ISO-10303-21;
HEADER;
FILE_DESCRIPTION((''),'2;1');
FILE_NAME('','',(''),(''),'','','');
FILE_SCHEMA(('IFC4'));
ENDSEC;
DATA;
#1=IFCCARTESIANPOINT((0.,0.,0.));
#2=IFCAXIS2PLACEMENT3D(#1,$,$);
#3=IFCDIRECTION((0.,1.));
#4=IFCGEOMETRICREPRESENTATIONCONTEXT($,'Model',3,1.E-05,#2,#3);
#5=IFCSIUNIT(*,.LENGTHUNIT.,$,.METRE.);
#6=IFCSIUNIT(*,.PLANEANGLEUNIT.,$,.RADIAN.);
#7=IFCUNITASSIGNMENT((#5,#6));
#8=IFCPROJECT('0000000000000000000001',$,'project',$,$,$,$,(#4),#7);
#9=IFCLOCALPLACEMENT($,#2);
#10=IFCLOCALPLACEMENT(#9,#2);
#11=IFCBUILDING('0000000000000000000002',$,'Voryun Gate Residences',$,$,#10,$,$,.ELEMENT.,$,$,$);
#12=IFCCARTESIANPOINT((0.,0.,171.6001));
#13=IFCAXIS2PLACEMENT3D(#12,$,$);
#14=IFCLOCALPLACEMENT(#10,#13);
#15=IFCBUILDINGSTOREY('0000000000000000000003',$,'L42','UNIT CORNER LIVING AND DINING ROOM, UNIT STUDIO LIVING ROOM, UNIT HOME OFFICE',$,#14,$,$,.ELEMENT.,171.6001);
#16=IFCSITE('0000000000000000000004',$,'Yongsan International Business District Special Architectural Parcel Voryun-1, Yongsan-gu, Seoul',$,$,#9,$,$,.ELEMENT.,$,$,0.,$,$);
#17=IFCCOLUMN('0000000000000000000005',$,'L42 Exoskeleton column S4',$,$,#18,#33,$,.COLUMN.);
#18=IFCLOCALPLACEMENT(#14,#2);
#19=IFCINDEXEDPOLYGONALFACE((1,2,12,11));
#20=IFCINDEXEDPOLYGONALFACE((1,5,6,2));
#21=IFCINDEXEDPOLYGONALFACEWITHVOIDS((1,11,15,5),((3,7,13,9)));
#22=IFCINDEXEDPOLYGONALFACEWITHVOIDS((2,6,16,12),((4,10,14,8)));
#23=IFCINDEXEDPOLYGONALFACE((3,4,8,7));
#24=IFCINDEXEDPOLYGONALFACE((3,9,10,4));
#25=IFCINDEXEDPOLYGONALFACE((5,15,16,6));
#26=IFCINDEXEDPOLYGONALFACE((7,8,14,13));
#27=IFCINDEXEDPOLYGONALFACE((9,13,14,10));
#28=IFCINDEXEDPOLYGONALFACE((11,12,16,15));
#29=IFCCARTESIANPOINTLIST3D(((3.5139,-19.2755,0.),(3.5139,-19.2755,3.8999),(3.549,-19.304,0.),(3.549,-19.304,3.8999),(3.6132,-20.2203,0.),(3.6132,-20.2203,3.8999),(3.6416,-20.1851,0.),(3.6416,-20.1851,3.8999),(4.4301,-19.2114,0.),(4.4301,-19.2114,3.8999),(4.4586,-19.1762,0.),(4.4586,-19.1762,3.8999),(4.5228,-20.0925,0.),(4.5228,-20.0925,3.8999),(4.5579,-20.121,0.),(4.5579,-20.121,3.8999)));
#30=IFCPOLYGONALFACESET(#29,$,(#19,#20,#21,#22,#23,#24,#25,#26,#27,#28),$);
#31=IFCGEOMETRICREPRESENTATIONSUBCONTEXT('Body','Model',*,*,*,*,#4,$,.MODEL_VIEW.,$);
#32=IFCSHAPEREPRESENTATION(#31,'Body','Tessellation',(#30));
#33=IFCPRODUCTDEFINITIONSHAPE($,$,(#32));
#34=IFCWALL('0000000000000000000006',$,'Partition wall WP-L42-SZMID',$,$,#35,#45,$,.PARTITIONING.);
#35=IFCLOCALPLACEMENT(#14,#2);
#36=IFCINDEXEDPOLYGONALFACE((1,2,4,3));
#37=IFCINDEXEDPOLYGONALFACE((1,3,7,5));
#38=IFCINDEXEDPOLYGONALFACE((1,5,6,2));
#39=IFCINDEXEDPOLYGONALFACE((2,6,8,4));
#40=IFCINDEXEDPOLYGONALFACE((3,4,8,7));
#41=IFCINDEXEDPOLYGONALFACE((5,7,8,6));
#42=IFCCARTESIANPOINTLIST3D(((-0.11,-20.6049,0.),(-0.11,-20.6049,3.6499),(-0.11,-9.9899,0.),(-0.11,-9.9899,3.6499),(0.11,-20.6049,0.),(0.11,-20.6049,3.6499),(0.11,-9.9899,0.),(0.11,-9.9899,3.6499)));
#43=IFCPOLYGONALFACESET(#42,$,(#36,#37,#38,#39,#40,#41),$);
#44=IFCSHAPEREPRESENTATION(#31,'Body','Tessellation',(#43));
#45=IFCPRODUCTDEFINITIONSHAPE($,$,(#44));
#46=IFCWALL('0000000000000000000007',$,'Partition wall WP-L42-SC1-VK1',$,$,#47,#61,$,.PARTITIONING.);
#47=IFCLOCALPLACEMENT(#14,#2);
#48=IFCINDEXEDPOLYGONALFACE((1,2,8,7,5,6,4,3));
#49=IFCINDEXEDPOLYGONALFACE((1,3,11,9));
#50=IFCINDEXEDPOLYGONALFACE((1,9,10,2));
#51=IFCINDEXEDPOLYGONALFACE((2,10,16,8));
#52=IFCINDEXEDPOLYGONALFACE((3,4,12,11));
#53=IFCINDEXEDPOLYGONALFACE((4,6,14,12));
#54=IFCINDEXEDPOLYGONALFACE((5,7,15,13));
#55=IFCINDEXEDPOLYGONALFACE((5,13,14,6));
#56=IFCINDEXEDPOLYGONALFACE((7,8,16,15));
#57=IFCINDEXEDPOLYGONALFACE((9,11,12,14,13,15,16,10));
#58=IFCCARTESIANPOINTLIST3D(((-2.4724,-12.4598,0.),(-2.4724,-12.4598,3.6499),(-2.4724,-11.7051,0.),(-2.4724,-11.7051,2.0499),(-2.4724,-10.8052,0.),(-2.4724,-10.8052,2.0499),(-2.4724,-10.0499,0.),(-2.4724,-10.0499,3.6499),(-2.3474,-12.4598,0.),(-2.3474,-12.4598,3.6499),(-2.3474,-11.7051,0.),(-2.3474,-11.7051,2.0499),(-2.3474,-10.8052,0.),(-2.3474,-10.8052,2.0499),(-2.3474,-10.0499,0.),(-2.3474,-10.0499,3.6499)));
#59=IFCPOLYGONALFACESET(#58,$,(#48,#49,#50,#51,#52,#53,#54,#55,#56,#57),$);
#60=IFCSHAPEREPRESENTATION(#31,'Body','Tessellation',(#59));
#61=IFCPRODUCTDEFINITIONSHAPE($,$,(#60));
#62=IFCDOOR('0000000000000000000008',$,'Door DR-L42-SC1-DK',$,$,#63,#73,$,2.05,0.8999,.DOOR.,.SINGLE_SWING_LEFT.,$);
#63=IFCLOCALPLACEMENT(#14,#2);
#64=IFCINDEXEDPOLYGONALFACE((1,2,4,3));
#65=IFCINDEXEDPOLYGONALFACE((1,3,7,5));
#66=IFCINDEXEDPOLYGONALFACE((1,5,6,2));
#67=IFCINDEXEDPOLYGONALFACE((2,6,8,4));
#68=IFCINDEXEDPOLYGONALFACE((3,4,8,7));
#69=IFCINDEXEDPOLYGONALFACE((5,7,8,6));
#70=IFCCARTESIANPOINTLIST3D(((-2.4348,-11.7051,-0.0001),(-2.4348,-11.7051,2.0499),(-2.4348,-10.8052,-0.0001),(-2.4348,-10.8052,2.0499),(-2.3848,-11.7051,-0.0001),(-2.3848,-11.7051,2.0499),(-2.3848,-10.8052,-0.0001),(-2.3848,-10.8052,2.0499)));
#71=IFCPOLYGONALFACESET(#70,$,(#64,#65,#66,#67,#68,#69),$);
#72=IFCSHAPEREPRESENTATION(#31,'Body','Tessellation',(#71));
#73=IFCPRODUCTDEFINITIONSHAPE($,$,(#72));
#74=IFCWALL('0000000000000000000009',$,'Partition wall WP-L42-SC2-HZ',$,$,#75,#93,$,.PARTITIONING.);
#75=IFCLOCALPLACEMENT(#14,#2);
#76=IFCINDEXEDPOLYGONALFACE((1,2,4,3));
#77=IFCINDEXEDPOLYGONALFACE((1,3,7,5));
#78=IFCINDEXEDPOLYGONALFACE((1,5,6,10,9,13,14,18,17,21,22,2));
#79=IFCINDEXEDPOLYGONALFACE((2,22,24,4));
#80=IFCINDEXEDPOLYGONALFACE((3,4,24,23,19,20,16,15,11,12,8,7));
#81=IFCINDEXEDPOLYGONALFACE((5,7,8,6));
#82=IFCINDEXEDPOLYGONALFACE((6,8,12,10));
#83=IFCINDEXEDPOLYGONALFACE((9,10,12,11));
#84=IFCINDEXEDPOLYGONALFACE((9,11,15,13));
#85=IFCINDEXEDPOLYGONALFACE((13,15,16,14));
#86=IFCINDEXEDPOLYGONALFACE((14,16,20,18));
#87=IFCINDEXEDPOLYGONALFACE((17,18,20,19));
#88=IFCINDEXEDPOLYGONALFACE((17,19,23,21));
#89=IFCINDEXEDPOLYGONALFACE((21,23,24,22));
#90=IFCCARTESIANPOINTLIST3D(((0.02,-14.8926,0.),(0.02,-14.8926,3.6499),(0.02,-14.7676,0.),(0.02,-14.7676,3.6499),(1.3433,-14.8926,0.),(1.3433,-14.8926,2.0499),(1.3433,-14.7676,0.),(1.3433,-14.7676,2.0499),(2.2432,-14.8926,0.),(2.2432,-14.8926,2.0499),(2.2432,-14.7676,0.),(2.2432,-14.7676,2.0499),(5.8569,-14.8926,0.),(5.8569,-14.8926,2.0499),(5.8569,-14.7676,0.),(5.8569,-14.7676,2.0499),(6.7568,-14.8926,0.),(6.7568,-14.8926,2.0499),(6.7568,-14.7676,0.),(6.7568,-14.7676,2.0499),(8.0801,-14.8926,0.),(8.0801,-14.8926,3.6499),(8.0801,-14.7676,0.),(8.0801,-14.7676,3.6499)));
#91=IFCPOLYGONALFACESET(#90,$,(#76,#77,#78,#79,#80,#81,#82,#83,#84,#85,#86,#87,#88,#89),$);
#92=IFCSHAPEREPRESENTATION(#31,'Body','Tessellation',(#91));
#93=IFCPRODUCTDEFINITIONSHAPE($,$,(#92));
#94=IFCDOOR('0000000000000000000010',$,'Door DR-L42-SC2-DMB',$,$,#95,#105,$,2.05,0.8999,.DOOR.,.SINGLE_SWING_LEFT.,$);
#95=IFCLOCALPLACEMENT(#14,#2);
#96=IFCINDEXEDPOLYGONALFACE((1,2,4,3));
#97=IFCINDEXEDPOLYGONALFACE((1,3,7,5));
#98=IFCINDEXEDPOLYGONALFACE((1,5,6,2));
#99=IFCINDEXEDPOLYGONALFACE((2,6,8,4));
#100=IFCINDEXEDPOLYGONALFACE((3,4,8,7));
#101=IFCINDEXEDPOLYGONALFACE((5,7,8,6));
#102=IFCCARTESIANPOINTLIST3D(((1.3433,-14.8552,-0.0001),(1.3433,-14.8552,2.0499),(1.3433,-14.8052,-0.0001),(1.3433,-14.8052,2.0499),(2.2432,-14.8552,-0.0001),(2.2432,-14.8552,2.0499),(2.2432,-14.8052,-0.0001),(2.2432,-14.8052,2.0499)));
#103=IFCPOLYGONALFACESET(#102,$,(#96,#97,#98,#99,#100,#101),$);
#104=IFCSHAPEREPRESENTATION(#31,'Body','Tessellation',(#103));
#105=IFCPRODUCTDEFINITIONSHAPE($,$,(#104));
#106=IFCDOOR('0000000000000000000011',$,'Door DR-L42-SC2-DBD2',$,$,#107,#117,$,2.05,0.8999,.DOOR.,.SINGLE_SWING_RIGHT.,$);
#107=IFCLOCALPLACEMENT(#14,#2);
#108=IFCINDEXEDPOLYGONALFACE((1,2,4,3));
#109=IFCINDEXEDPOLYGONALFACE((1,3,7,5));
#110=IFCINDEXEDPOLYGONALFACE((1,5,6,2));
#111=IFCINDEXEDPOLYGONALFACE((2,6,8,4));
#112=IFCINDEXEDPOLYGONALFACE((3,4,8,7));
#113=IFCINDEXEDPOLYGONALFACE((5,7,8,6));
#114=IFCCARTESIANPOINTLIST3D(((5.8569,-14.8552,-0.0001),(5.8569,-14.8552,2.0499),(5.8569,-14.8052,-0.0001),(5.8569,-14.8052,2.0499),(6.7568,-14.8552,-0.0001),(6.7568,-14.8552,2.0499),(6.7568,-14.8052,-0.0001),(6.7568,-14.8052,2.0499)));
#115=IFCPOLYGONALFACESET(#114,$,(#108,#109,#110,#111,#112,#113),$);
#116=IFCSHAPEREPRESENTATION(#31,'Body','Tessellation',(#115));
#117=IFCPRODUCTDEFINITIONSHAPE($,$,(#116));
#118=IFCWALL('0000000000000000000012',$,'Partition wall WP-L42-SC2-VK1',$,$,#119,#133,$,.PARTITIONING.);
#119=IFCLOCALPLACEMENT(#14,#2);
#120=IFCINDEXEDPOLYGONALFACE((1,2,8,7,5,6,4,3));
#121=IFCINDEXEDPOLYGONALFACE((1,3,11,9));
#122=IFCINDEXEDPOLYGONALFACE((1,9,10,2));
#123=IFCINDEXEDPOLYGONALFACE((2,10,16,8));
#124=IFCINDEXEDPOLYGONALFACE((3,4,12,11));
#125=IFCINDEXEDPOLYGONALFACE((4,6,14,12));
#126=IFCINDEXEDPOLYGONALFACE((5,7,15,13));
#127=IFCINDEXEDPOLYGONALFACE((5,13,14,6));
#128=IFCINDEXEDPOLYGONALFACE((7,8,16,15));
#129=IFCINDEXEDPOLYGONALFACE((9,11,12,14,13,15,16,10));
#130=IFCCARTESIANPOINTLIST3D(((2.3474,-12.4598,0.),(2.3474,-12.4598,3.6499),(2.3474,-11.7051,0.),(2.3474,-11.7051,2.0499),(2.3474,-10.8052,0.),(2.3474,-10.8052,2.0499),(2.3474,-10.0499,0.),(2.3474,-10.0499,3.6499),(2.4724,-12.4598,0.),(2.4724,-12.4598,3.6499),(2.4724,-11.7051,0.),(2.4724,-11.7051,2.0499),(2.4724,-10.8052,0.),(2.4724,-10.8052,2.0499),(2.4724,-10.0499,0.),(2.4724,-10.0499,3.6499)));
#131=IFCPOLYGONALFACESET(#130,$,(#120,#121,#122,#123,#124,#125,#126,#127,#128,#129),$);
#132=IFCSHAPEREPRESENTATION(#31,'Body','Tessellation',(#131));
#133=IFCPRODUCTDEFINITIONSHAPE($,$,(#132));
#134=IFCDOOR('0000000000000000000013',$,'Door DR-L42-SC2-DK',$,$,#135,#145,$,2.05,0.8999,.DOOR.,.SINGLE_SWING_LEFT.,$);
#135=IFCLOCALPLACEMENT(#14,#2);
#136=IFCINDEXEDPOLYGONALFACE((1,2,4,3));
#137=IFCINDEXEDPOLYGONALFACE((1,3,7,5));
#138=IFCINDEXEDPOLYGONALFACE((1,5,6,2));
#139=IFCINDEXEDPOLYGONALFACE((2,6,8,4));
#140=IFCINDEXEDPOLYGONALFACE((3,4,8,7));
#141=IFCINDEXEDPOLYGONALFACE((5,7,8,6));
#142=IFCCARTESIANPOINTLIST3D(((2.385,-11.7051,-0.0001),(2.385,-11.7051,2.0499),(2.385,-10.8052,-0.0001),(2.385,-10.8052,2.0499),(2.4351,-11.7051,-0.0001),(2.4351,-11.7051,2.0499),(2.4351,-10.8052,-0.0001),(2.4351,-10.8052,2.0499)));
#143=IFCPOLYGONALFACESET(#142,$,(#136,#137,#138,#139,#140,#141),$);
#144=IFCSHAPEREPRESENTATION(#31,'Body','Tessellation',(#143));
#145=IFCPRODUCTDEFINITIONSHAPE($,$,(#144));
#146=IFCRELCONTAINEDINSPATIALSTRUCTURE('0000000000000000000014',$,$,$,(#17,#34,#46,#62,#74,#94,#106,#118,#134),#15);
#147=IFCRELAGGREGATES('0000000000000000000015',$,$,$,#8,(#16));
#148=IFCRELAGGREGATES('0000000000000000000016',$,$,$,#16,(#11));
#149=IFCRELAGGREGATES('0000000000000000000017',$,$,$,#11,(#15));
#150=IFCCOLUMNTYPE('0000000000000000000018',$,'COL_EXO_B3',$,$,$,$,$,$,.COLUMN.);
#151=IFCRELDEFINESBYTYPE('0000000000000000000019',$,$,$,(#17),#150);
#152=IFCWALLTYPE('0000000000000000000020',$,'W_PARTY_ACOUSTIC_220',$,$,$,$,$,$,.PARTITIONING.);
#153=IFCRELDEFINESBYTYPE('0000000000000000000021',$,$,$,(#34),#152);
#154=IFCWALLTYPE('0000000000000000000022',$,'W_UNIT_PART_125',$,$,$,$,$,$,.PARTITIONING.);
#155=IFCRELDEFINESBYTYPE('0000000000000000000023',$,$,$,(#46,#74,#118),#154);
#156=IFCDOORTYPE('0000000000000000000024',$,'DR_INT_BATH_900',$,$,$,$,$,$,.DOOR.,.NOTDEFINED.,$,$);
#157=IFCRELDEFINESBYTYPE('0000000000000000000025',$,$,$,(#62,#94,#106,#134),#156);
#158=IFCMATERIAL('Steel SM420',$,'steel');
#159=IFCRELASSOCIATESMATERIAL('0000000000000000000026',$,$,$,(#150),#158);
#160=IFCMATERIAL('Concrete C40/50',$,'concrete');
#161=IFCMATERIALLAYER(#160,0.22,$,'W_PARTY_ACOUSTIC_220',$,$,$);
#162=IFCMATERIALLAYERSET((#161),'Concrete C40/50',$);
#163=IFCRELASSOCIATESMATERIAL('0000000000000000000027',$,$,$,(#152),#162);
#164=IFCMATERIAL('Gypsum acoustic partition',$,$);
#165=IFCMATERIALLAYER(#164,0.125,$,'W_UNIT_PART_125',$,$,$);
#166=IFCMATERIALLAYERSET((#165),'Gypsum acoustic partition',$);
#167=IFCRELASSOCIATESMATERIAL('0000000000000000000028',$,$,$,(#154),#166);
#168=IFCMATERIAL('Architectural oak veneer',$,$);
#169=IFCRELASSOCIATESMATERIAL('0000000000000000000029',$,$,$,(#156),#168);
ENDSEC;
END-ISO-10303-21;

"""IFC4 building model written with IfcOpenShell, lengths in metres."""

from ifc_helpers import new_model, si_unit, direction, frame, frame_2d, origin, origin_2d, place, context, subcontext, project, spatial, rectangle, hollow_rectangle, extrude, material, layer, layer_set, material_profile, profile_set, type_object, element, fill, save


model = new_model("IFC4")

# Units and contexts
model_context = context("Model", 3, precision=1e-05, world=origin(), true_north=direction((0.0, 1.0)))
body_context = subcontext(model_context, "Body", "Model", "MODEL_VIEW")
ifc_project = project(units=[si_unit("LENGTHUNIT", "METRE"), si_unit("PLANEANGLEUNIT", "RADIAN")], contexts=[model_context])

# Site, building, storey
site_placement = place(None, origin())
site = spatial("IfcSite", under=ifc_project, at=site_placement, Name="Yongsan International Business District Special Architectural Parcel Voryun-1, Yongsan-gu, Seoul", CompositionType="ELEMENT", RefElevation=0.0)
building_placement = place(site_placement, origin())
building = spatial("IfcBuilding", under=site, at=building_placement, Name="Voryun Gate Residences", CompositionType="ELEMENT")
storey_placement = place(building_placement, frame((0.0, 0.0, 171.6001)))
storey = spatial("IfcBuildingStorey", under=building, at=storey_placement, Name="L42", Description="UNIT CORNER LIVING AND DINING ROOM, UNIT STUDIO LIVING ROOM, UNIT HOME OFFICE", CompositionType="ELEMENT", Elevation=171.6001)

# Column
ifc_material_1 = material(Name="Steel SM420", Category="steel")
ifc_material_profile = material_profile(ifc_material_1, hollow_rectangle(XDim=0.95, YDim=0.95, WallThickness=0.032, at=origin_2d()), Name="BOX-950x950x32")
ifc_profile_set = profile_set([ifc_material_profile], Name="Steel SM420")
column_type = type_object("IfcColumnType", Name="COL_EXO_B3", PredefinedType="COLUMN", material=ifc_profile_set)
column_placement = place(storey_placement, frame((4.0359, -19.6982, 0.0), z_axis=(0.0, 0.0, 1.0), x_axis=(0.994522, 0.104528, 0.0)))
element("IfcColumn", 1, at=column_placement, inside=storey, type_object=column_type, Name="L42 Exoskeleton column S4", PredefinedType="COLUMN", context=body_context, shape_type="SweptSolid", body=[
    extrude(hollow_rectangle(XDim=0.95, YDim=0.95, WallThickness=0.032, at=origin_2d()), origin(), (0.0, 0.0, 1.0), 3.8999),
])

# Wall
ifc_material_2 = material(Name="Concrete C40/50", Category="concrete")
ifc_layer_1 = layer(ifc_material_2, 0.22, Name="W_PARTY_ACOUSTIC_220")
ifc_layer_set_1 = layer_set([ifc_layer_1], Name="Concrete C40/50")
wall_type_1 = type_object("IfcWallType", Name="W_PARTY_ACOUSTIC_220", PredefinedType="PARTITIONING", material=ifc_layer_set_1)
wall_1_placement = place(storey_placement, frame((0.0, -20.605, 0.0), z_axis=(0.0, 0.0, 1.0), x_axis=(0.0, 1.0, 0.0)))
element("IfcWall", 2, at=wall_1_placement, inside=storey, type_object=wall_type_1, Name="Partition wall WP-L42-SZMID", PredefinedType="PARTITIONING", context=body_context, shape_type="SweptSolid", body=[
    extrude(rectangle(XDim=10.615, YDim=0.22, at=frame_2d((5.3076, 0.0))), origin(), (0.0, 0.0, 1.0), 3.6499),
])

# Wall, opening, door
ifc_material_3 = material(Name="Gypsum acoustic partition")
ifc_layer_2 = layer(ifc_material_3, 0.125, Name="W_UNIT_PART_125")
ifc_layer_set_2 = layer_set([ifc_layer_2], Name="Gypsum acoustic partition")
wall_type_2 = type_object("IfcWallType", Name="W_UNIT_PART_125", PredefinedType="PARTITIONING", material=ifc_layer_set_2)
wall_2_placement = place(storey_placement, frame((-2.4099, -12.46, 0.0), z_axis=(0.0, 0.0, 1.0), x_axis=(0.0, 1.0, 0.0)))
wall_2 = element("IfcWall", 3, at=wall_2_placement, inside=storey, type_object=wall_type_2, Name="Partition wall WP-L42-SC1-VK1", PredefinedType="PARTITIONING", context=body_context, shape_type="SweptSolid", body=[
    extrude(rectangle(XDim=2.4099, YDim=0.125, at=frame_2d((1.2051, 0.0))), origin(), (0.0, 0.0, 1.0), 3.6499),
])
opening_1_placement = place(wall_2_placement, frame((0.7549, 0.0, 0.0)))
opening_1 = element("IfcOpeningElement", 4, at=opening_1_placement, cuts=wall_2, PredefinedType="OPENING", context=body_context, shape_type="SweptSolid", body=[
    extrude(rectangle(XDim=0.8999, YDim=2.05, at=frame_2d((0.45, 1.0249))), frame((0.0, 0.0725, 0.0), z_axis=(0.0, -1.0, 0.0), x_axis=(1.0, 0.0, 0.0)), (0.0, 0.0, 1.0), 0.145),
])
ifc_material_4 = material(Name="Architectural oak veneer")
door_type = type_object("IfcDoorType", Name="DR_INT_BATH_900", OperationType="NOTDEFINED", PredefinedType="DOOR", material=ifc_material_4)
door_1_placement = place(opening_1_placement, origin())
door_1 = element("IfcDoor", 5, at=door_1_placement, inside=storey, type_object=door_type, Name="Door DR-L42-SC1-DK", OperationType="SINGLE_SWING_LEFT", OverallHeight=2.05, OverallWidth=0.8999, PredefinedType="DOOR", context=body_context, shape_type="SweptSolid", body=[
    extrude(rectangle(XDim=0.8999, YDim=2.05, at=frame_2d((0.45, 1.0249))), frame((0.0, 0.0249, 0.0), z_axis=(0.0, -1.0, 0.0), x_axis=(1.0, 0.0, 0.0)), (0.0, 0.0, 1.0), 0.05),
])
fill(opening_1, door_1)

# Wall, openings, doors
wall_3_placement = place(storey_placement, frame((0.02, -14.8301, 0.0), z_axis=(0.0, 0.0, 1.0), x_axis=(1.0, 0.0, 0.0)))
wall_3 = element("IfcWall", 6, at=wall_3_placement, inside=storey, type_object=wall_type_2, Name="Partition wall WP-L42-SC2-HZ", PredefinedType="PARTITIONING", context=body_context, shape_type="SweptSolid", body=[
    extrude(rectangle(XDim=8.0601, YDim=0.125, at=frame_2d((4.03, 0.0))), origin(), (0.0, 0.0, 1.0), 3.6499),
])
opening_2_placement = place(wall_3_placement, frame((1.3232, 0.0, 0.0)))
opening_2 = element("IfcOpeningElement", 7, at=opening_2_placement, cuts=wall_3, PredefinedType="OPENING", context=body_context, shape_type="SweptSolid", body=[
    extrude(rectangle(XDim=0.8999, YDim=2.05, at=frame_2d((0.45, 1.0249))), frame((0.0, 0.0725, 0.0), z_axis=(0.0, -1.0, 0.0), x_axis=(1.0, 0.0, 0.0)), (0.0, 0.0, 1.0), 0.145),
])
opening_3_placement = place(wall_3_placement, frame((5.8369, 0.0, 0.0)))
opening_3 = element("IfcOpeningElement", 8, at=opening_3_placement, cuts=wall_3, PredefinedType="OPENING", context=body_context, shape_type="SweptSolid", body=[
    extrude(rectangle(XDim=0.8999, YDim=2.05, at=frame_2d((0.45, 1.0249))), frame((0.0, 0.0725, 0.0), z_axis=(0.0, -1.0, 0.0), x_axis=(1.0, 0.0, 0.0)), (0.0, 0.0, 1.0), 0.145),
])
door_2_placement = place(opening_2_placement, origin())
door_2 = element("IfcDoor", 9, at=door_2_placement, inside=storey, type_object=door_type, Name="Door DR-L42-SC2-DMB", OperationType="SINGLE_SWING_LEFT", OverallHeight=2.05, OverallWidth=0.8999, PredefinedType="DOOR", context=body_context, shape_type="SweptSolid", body=[
    extrude(rectangle(XDim=0.8999, YDim=2.05, at=frame_2d((0.45, 1.0249))), frame((0.0, 0.0249, 0.0), z_axis=(0.0, -1.0, 0.0), x_axis=(1.0, 0.0, 0.0)), (0.0, 0.0, 1.0), 0.05),
])
fill(opening_2, door_2)
door_3_placement = place(opening_3_placement, origin())
door_3 = element("IfcDoor", 10, at=door_3_placement, inside=storey, type_object=door_type, Name="Door DR-L42-SC2-DBD2", OperationType="SINGLE_SWING_RIGHT", OverallHeight=2.05, OverallWidth=0.8999, PredefinedType="DOOR", context=body_context, shape_type="SweptSolid", body=[
    extrude(rectangle(XDim=0.8999, YDim=2.05, at=frame_2d((0.45, 1.0249))), frame((0.0, 0.0249, 0.0), z_axis=(0.0, -1.0, 0.0), x_axis=(1.0, 0.0, 0.0)), (0.0, 0.0, 1.0), 0.05),
])
fill(opening_3, door_3)

# Wall, opening, door
wall_4_placement = place(storey_placement, frame((2.4099, -12.46, 0.0), z_axis=(0.0, 0.0, 1.0), x_axis=(0.0, 1.0, 0.0)))
wall_4 = element("IfcWall", 11, at=wall_4_placement, inside=storey, type_object=wall_type_2, Name="Partition wall WP-L42-SC2-VK1", PredefinedType="PARTITIONING", context=body_context, shape_type="SweptSolid", body=[
    extrude(rectangle(XDim=2.4099, YDim=0.125, at=frame_2d((1.2051, 0.0))), origin(), (0.0, 0.0, 1.0), 3.6499),
])
opening_4_placement = place(wall_4_placement, frame((0.7549, 0.0, 0.0)))
opening_4 = element("IfcOpeningElement", 12, at=opening_4_placement, cuts=wall_4, PredefinedType="OPENING", context=body_context, shape_type="SweptSolid", body=[
    extrude(rectangle(XDim=0.8999, YDim=2.05, at=frame_2d((0.45, 1.0249))), frame((0.0, 0.0725, 0.0), z_axis=(0.0, -1.0, 0.0), x_axis=(1.0, 0.0, 0.0)), (0.0, 0.0, 1.0), 0.145),
])
door_4_placement = place(opening_4_placement, origin())
door_4 = element("IfcDoor", 13, at=door_4_placement, inside=storey, type_object=door_type, Name="Door DR-L42-SC2-DK", OperationType="SINGLE_SWING_LEFT", OverallHeight=2.05, OverallWidth=0.8999, PredefinedType="DOOR", context=body_context, shape_type="SweptSolid", body=[
    extrude(rectangle(XDim=0.8999, YDim=2.05, at=frame_2d((0.45, 1.0249))), frame((0.0, 0.0249, 0.0), z_axis=(0.0, -1.0, 0.0), x_axis=(1.0, 0.0, 0.0)), (0.0, 0.0, 1.0), 0.05),
])
fill(opening_4, door_4)

save(model, "model.ifc")
